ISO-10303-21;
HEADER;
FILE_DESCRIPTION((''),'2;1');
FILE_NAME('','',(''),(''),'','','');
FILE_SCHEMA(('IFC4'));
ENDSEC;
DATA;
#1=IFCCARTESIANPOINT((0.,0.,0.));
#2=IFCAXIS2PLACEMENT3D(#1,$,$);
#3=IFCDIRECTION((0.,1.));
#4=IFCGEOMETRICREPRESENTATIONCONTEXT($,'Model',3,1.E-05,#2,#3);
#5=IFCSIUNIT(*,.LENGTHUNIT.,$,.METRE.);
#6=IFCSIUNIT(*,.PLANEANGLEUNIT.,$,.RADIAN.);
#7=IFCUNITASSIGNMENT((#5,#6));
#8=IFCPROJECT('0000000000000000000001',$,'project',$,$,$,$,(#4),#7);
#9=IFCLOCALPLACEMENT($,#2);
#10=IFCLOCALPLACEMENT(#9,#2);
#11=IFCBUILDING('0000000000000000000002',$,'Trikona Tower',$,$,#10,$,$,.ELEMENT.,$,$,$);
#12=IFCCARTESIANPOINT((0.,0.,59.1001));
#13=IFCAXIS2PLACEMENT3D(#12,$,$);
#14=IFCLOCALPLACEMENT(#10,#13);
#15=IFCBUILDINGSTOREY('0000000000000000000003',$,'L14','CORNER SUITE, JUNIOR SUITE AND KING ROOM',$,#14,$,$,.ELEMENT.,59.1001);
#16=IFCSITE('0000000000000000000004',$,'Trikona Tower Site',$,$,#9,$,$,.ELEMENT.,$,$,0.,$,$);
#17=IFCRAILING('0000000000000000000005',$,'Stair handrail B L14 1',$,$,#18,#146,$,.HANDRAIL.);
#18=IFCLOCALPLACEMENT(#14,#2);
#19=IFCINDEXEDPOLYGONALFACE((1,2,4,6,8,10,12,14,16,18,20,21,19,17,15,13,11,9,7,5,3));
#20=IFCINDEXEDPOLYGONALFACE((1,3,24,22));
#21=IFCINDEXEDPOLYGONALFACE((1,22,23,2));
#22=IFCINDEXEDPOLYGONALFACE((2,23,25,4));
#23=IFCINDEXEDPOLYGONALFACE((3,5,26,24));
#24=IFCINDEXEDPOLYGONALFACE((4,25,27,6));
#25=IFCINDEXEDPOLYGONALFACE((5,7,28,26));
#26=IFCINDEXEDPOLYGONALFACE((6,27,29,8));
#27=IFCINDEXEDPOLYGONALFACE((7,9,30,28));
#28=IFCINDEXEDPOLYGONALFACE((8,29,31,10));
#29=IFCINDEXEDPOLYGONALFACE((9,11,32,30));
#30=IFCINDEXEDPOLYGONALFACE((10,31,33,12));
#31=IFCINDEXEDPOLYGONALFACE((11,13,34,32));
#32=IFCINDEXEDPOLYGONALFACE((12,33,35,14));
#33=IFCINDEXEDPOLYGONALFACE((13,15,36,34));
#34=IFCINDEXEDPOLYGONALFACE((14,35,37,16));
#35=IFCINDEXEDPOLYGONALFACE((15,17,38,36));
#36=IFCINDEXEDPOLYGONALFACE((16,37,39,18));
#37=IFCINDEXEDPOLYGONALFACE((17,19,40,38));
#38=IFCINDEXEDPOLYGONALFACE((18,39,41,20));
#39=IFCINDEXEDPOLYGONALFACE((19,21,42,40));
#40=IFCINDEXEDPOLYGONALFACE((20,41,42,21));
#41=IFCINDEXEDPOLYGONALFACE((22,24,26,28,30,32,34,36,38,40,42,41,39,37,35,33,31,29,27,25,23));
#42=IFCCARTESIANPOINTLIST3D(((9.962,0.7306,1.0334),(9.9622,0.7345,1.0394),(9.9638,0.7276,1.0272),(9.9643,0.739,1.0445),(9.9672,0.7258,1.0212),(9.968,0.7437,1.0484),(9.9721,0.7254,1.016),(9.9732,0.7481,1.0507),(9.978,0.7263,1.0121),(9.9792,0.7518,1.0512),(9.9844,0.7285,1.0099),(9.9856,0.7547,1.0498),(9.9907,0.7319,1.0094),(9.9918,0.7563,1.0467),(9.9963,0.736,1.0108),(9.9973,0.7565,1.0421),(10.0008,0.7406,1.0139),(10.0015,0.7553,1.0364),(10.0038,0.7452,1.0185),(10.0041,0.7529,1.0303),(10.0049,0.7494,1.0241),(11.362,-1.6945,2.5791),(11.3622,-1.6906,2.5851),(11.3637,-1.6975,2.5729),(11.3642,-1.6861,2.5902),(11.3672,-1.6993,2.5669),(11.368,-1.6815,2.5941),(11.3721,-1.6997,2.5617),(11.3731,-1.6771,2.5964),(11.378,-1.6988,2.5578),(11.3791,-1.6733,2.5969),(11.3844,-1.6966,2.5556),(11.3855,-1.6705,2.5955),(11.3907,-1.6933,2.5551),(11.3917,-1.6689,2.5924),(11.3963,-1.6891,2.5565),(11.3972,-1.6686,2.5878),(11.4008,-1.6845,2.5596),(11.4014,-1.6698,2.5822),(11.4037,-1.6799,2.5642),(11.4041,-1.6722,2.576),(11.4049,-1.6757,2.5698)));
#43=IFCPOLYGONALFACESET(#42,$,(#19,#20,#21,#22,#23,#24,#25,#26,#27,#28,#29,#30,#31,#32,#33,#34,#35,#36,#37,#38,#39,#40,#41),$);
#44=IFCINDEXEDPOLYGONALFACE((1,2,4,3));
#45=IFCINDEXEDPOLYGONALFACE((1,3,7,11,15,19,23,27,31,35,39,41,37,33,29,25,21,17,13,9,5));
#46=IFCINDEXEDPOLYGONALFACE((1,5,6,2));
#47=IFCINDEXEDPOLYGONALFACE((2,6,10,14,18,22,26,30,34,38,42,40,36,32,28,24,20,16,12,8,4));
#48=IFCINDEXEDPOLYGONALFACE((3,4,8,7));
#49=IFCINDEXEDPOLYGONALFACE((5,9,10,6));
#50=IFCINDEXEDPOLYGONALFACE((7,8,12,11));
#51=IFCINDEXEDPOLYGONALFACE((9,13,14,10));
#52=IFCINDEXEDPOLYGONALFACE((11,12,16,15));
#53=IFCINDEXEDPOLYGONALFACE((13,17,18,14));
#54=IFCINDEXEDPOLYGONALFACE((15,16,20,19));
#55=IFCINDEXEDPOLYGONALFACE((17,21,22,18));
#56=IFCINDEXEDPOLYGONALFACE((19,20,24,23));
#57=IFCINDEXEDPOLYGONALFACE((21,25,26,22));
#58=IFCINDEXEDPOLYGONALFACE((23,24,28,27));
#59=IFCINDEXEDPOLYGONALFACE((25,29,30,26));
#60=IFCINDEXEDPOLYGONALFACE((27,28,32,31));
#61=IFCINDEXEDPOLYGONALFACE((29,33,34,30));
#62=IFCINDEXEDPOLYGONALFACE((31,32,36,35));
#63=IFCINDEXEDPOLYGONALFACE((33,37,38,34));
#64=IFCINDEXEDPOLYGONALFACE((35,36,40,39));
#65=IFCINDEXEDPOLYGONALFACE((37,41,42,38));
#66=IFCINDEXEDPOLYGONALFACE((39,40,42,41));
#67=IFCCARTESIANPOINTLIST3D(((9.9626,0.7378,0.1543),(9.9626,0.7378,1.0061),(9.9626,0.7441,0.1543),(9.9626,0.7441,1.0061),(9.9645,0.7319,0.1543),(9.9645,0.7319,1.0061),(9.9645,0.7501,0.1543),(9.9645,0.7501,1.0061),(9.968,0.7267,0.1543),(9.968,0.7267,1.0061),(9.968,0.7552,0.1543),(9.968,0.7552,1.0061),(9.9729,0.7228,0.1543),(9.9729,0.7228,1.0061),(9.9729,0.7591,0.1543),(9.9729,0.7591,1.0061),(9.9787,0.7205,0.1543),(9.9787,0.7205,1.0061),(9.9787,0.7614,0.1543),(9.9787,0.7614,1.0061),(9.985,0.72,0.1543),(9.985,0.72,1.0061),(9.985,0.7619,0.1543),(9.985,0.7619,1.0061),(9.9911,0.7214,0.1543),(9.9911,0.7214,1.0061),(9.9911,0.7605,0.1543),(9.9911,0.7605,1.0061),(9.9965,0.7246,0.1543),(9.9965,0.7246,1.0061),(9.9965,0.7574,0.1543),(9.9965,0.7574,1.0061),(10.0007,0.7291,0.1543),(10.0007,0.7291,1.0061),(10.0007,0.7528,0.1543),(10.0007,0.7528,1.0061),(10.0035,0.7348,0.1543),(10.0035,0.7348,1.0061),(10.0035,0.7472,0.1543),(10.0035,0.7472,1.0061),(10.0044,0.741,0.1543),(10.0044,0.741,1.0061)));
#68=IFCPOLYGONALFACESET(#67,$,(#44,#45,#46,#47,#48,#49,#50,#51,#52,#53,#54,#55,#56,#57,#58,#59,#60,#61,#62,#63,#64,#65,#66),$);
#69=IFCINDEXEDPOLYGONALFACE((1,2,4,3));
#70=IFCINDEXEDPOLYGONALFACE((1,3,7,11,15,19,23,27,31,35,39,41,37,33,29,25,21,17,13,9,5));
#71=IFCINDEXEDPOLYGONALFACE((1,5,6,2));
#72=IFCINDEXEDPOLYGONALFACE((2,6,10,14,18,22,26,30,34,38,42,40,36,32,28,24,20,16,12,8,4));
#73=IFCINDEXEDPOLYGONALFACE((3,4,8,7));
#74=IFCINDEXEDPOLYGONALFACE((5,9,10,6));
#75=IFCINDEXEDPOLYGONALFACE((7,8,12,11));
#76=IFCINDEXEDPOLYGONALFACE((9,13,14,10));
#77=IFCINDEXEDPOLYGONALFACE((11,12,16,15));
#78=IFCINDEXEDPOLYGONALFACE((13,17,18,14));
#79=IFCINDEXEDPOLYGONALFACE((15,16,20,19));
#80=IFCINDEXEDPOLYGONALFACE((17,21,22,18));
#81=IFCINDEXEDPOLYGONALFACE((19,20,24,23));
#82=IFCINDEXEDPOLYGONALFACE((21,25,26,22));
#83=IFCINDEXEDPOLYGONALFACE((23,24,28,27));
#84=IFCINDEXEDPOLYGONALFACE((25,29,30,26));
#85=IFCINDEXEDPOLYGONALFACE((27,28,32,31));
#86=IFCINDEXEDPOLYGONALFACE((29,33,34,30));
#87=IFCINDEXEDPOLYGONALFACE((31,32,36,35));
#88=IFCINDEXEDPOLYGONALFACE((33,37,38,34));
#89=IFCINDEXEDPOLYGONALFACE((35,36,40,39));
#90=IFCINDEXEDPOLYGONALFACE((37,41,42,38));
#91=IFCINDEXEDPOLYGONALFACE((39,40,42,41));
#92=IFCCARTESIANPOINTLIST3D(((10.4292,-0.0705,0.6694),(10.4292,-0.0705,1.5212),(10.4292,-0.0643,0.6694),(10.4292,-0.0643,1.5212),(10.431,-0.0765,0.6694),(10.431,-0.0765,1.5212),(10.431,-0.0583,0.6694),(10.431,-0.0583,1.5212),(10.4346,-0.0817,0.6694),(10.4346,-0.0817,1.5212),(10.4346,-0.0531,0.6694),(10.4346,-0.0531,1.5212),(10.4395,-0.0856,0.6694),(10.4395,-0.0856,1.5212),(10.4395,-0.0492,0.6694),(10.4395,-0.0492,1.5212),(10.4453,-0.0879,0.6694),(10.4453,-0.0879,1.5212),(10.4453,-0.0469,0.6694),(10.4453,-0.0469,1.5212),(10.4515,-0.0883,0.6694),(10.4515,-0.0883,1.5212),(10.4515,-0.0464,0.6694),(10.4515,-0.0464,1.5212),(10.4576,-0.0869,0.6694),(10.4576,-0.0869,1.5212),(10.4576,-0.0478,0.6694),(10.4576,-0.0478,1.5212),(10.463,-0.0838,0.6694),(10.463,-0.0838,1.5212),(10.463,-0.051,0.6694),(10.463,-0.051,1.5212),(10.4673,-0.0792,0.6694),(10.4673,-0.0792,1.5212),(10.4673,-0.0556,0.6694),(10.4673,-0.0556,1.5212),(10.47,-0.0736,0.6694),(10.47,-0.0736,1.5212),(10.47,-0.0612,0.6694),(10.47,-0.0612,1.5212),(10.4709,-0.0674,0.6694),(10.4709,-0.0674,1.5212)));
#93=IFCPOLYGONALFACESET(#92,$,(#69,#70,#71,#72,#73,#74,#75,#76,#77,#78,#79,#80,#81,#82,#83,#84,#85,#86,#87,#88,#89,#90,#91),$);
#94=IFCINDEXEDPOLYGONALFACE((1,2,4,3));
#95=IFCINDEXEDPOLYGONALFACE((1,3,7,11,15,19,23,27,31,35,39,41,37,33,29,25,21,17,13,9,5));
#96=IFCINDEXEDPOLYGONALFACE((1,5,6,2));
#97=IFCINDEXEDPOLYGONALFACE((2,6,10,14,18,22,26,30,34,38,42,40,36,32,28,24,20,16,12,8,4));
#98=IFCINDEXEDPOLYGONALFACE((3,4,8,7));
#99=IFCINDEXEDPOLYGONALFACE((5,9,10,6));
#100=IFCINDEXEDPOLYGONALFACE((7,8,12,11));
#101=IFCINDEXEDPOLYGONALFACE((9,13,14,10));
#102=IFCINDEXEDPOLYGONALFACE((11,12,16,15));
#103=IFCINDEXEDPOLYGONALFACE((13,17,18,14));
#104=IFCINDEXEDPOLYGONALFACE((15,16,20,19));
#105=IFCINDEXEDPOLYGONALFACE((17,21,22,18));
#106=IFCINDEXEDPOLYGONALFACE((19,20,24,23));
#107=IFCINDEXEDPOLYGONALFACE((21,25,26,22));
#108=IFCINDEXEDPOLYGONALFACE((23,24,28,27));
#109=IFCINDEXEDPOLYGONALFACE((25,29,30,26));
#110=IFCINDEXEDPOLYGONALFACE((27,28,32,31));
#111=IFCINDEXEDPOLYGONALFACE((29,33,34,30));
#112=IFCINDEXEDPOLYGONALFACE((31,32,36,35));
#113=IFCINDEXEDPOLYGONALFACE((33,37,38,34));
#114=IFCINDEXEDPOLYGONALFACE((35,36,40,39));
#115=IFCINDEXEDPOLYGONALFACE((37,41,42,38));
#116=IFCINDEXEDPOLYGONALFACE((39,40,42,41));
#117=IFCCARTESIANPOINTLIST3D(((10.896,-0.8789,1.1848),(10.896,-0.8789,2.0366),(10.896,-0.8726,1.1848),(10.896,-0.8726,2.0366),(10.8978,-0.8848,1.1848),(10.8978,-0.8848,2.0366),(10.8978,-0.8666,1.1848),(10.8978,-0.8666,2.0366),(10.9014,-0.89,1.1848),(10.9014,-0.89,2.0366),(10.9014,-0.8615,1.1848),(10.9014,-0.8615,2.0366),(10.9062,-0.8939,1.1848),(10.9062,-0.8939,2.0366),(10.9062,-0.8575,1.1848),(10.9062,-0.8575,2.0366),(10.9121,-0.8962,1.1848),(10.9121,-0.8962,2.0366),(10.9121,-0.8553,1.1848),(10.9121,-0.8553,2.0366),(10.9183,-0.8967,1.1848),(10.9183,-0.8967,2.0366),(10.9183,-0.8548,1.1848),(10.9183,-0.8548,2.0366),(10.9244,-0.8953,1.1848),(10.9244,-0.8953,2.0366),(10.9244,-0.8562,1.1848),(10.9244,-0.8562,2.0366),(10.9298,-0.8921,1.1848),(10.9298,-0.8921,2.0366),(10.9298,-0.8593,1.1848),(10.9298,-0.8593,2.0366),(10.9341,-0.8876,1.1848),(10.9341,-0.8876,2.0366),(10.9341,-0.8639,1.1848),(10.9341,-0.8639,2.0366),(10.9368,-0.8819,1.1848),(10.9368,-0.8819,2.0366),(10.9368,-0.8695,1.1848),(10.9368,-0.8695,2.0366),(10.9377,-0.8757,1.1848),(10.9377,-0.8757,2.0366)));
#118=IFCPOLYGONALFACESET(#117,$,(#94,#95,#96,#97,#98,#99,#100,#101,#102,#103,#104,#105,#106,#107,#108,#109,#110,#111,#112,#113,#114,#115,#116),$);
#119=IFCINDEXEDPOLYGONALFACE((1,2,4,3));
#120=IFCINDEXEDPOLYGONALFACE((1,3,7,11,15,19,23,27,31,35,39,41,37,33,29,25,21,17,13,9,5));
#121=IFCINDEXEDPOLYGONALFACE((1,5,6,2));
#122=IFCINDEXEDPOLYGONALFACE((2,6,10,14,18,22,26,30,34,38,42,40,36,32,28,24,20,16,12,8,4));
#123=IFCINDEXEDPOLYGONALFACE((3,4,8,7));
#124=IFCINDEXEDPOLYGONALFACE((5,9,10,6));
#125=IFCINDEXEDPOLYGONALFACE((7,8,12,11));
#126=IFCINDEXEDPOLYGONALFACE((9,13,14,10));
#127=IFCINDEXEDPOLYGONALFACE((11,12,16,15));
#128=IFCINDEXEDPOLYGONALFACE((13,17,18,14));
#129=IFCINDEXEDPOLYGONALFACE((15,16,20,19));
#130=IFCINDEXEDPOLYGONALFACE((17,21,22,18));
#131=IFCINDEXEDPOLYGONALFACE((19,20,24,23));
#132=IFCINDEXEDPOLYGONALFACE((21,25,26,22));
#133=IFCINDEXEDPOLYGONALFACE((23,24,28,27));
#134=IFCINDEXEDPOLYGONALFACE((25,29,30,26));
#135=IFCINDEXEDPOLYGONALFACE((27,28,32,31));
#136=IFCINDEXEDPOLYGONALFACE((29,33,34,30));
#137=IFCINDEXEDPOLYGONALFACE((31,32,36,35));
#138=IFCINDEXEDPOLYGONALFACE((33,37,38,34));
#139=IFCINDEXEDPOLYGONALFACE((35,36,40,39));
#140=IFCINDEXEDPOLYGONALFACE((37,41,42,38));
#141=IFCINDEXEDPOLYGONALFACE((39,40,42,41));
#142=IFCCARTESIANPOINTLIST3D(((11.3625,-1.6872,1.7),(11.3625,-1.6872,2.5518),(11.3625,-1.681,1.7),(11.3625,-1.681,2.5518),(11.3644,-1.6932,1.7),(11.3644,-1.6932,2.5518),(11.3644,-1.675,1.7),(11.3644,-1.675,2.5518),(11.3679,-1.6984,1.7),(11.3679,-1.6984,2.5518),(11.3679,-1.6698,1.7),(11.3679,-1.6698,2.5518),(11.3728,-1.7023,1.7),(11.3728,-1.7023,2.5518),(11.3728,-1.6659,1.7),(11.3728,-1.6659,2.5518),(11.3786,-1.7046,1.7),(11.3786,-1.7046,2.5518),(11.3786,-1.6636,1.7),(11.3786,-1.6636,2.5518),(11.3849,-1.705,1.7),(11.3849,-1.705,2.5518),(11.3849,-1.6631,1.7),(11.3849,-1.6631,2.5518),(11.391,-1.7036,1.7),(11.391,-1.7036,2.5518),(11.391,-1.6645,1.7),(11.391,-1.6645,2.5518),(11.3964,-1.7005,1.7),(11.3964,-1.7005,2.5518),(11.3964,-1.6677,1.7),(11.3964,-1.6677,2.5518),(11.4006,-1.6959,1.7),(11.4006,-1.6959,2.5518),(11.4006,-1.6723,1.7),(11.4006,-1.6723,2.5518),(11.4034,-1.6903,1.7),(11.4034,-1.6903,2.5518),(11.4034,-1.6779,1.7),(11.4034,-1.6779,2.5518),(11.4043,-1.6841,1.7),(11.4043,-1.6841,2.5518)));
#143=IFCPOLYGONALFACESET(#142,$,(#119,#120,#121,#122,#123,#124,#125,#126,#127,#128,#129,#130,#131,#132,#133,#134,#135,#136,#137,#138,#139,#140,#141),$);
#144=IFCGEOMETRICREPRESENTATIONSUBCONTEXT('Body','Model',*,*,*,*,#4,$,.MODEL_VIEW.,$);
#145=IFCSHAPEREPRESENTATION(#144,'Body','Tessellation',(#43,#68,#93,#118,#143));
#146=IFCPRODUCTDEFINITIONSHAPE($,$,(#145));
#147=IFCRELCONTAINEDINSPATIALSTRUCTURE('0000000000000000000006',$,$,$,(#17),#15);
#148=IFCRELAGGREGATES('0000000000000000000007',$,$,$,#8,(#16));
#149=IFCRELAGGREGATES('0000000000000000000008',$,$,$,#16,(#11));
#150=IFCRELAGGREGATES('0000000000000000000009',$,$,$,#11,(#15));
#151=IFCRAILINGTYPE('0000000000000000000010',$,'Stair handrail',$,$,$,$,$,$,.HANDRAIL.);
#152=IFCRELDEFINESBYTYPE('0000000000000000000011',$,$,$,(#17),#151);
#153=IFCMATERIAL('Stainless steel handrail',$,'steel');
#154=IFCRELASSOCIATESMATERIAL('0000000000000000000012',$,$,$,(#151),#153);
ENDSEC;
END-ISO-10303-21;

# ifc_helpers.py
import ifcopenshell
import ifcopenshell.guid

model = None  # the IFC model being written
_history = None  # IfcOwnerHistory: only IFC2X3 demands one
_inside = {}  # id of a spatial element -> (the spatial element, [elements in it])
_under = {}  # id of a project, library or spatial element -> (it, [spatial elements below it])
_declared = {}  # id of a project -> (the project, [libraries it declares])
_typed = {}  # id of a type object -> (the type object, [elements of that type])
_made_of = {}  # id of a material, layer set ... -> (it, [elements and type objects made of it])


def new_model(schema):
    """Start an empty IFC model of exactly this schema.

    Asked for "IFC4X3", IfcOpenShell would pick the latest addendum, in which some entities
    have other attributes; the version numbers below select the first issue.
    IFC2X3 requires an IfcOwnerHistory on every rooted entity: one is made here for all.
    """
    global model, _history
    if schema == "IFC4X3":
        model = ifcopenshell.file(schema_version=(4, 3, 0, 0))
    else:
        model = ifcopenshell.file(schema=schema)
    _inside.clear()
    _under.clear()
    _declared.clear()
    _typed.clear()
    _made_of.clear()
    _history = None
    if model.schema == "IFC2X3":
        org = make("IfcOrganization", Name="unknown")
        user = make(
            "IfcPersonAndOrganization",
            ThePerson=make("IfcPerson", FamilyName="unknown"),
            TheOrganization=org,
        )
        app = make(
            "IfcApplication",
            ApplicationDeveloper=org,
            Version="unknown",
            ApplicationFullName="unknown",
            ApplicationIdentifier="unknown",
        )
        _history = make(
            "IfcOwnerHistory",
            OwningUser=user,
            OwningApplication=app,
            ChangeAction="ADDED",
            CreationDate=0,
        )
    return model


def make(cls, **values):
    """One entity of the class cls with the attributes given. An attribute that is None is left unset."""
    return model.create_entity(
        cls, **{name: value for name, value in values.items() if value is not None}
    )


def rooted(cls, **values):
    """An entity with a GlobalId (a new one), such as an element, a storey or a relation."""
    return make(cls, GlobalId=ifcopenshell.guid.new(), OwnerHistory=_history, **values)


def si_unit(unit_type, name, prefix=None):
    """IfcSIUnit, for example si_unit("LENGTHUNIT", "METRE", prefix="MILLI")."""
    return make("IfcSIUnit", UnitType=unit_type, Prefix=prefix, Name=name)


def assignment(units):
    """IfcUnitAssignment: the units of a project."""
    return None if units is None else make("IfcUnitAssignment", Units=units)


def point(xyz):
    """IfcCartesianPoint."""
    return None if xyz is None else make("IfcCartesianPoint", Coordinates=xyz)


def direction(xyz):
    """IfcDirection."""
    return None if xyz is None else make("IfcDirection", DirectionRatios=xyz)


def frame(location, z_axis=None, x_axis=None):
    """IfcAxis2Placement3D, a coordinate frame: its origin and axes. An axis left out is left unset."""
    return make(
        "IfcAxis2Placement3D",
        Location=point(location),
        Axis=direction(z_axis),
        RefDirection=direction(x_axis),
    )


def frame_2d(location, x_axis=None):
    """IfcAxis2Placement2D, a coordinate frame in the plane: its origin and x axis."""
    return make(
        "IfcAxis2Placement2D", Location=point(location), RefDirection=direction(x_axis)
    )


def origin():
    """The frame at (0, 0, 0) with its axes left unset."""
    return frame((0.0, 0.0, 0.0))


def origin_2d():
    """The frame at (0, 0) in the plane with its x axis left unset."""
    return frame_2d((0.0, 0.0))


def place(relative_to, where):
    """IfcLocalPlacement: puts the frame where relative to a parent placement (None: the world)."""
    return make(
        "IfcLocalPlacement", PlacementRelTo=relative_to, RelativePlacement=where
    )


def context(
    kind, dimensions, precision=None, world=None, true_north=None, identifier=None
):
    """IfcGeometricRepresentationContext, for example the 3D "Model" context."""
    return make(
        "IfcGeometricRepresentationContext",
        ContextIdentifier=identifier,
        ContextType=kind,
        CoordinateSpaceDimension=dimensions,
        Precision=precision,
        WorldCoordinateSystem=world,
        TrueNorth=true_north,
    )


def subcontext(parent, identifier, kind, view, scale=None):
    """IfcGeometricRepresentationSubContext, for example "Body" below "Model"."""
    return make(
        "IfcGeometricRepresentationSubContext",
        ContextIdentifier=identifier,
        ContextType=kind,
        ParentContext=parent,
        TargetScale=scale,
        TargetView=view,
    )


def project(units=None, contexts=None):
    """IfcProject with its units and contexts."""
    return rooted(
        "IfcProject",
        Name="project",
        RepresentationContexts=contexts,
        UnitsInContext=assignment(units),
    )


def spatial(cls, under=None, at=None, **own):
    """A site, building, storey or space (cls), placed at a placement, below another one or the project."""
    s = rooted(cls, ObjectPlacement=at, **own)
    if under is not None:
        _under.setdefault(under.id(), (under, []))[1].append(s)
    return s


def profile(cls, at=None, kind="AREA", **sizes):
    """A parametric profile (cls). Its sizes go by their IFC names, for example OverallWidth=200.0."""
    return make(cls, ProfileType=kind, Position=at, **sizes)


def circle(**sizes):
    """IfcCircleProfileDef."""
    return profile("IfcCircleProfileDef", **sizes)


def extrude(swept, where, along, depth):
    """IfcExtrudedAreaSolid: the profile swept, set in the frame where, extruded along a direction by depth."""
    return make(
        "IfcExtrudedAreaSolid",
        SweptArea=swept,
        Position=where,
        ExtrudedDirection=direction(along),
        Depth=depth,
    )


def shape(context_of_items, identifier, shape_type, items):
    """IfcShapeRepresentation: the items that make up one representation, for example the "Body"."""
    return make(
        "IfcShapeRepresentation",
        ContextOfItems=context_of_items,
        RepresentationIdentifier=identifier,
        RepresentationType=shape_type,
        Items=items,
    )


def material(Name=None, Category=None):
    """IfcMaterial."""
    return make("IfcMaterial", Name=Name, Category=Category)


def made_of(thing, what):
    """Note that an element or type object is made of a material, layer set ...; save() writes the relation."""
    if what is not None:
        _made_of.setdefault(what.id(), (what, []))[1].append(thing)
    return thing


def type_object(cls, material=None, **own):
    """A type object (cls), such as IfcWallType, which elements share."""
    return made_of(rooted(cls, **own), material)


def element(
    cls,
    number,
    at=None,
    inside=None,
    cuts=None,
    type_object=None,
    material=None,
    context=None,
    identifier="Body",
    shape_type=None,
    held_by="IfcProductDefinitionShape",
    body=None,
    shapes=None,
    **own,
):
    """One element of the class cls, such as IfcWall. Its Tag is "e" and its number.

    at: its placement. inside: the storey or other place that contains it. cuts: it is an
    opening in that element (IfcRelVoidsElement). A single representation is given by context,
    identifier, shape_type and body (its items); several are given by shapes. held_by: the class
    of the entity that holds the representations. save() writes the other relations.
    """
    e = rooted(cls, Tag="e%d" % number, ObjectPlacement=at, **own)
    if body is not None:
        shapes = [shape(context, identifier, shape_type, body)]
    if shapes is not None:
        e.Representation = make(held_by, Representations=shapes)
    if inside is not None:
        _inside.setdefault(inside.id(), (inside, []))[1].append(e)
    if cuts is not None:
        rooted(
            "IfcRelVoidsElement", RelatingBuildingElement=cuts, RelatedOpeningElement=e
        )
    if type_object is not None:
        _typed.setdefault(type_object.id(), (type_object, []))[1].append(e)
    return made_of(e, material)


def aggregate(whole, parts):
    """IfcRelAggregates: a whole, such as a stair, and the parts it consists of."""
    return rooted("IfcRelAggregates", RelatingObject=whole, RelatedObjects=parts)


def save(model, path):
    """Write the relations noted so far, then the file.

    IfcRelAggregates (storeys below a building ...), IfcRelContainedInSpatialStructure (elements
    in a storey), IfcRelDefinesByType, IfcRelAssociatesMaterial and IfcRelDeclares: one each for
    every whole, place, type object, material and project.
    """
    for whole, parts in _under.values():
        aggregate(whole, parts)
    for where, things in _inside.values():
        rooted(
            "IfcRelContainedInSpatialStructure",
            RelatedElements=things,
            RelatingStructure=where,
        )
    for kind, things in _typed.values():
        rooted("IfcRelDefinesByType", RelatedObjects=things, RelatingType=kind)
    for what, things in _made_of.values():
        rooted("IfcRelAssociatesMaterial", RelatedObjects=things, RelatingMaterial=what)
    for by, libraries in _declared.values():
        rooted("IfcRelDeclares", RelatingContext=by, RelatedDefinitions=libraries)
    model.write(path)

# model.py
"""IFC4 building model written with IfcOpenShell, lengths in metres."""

from ifc_helpers import new_model, si_unit, direction, frame, origin, origin_2d, place, context, subcontext, project, spatial, circle, extrude, material, type_object, element, save


model = new_model("IFC4")

# Units and contexts
model_context = context("Model", 3, precision=1e-05, world=origin(), true_north=direction((0.0, 1.0)))
body_context = subcontext(model_context, "Body", "Model", "MODEL_VIEW")
ifc_project = project(units=[si_unit("LENGTHUNIT", "METRE"), si_unit("PLANEANGLEUNIT", "RADIAN")], contexts=[model_context])

# Site, building, storey
site_placement = place(None, origin())
site = spatial("IfcSite", under=ifc_project, at=site_placement, Name="Trikona Tower Site", CompositionType="ELEMENT", RefElevation=0.0)
building_placement = place(site_placement, origin())
building = spatial("IfcBuilding", under=site, at=building_placement, Name="Trikona Tower", CompositionType="ELEMENT")
storey_placement = place(building_placement, frame((0.0, 0.0, 59.1001)))
storey = spatial("IfcBuildingStorey", under=building, at=storey_placement, Name="L14", Description="CORNER SUITE, JUNIOR SUITE AND KING ROOM", CompositionType="ELEMENT", Elevation=59.1001)

# Railing
ifc_material_1 = material(Name="Stainless steel handrail", Category="steel")
railing_type = type_object("IfcRailingType", Name="Stair handrail", PredefinedType="HANDRAIL", material=ifc_material_1)
railing_placement = place(storey_placement, frame((9.9834, 0.741, 0.1543)))
element("IfcRailing", 1, at=railing_placement, inside=storey, type_object=railing_type, Name="Stair handrail B L14 1", PredefinedType="HANDRAIL", context=body_context, shape_type="SweptSolid", body=[
    extrude(circle(Radius=0.0239, at=origin_2d()), frame((0.0, 0.0, 0.876), z_axis=(0.437691, -0.758212, 0.483262), x_axis=(0.866056, 0.499946, 0.0)), (0.0, 0.0, 1.0), 3.1985),
    extrude(circle(Radius=0.021, at=origin_2d()), origin(), (0.0, 0.0, 1.0), 0.8518),
    extrude(circle(Radius=0.021, at=origin_2d()), frame((0.4666, -0.8083, 0.5151)), (0.0, 0.0, 1.0), 0.8518),
    extrude(circle(Radius=0.021, at=origin_2d()), frame((0.9333, -1.6167, 1.0305)), (0.0, 0.0, 1.0), 0.8518),
    extrude(circle(Radius=0.021, at=origin_2d()), frame((1.3999, -2.425, 1.5457)), (0.0, 0.0, 1.0), 0.8518),
])

save(model, "model.ifc")
